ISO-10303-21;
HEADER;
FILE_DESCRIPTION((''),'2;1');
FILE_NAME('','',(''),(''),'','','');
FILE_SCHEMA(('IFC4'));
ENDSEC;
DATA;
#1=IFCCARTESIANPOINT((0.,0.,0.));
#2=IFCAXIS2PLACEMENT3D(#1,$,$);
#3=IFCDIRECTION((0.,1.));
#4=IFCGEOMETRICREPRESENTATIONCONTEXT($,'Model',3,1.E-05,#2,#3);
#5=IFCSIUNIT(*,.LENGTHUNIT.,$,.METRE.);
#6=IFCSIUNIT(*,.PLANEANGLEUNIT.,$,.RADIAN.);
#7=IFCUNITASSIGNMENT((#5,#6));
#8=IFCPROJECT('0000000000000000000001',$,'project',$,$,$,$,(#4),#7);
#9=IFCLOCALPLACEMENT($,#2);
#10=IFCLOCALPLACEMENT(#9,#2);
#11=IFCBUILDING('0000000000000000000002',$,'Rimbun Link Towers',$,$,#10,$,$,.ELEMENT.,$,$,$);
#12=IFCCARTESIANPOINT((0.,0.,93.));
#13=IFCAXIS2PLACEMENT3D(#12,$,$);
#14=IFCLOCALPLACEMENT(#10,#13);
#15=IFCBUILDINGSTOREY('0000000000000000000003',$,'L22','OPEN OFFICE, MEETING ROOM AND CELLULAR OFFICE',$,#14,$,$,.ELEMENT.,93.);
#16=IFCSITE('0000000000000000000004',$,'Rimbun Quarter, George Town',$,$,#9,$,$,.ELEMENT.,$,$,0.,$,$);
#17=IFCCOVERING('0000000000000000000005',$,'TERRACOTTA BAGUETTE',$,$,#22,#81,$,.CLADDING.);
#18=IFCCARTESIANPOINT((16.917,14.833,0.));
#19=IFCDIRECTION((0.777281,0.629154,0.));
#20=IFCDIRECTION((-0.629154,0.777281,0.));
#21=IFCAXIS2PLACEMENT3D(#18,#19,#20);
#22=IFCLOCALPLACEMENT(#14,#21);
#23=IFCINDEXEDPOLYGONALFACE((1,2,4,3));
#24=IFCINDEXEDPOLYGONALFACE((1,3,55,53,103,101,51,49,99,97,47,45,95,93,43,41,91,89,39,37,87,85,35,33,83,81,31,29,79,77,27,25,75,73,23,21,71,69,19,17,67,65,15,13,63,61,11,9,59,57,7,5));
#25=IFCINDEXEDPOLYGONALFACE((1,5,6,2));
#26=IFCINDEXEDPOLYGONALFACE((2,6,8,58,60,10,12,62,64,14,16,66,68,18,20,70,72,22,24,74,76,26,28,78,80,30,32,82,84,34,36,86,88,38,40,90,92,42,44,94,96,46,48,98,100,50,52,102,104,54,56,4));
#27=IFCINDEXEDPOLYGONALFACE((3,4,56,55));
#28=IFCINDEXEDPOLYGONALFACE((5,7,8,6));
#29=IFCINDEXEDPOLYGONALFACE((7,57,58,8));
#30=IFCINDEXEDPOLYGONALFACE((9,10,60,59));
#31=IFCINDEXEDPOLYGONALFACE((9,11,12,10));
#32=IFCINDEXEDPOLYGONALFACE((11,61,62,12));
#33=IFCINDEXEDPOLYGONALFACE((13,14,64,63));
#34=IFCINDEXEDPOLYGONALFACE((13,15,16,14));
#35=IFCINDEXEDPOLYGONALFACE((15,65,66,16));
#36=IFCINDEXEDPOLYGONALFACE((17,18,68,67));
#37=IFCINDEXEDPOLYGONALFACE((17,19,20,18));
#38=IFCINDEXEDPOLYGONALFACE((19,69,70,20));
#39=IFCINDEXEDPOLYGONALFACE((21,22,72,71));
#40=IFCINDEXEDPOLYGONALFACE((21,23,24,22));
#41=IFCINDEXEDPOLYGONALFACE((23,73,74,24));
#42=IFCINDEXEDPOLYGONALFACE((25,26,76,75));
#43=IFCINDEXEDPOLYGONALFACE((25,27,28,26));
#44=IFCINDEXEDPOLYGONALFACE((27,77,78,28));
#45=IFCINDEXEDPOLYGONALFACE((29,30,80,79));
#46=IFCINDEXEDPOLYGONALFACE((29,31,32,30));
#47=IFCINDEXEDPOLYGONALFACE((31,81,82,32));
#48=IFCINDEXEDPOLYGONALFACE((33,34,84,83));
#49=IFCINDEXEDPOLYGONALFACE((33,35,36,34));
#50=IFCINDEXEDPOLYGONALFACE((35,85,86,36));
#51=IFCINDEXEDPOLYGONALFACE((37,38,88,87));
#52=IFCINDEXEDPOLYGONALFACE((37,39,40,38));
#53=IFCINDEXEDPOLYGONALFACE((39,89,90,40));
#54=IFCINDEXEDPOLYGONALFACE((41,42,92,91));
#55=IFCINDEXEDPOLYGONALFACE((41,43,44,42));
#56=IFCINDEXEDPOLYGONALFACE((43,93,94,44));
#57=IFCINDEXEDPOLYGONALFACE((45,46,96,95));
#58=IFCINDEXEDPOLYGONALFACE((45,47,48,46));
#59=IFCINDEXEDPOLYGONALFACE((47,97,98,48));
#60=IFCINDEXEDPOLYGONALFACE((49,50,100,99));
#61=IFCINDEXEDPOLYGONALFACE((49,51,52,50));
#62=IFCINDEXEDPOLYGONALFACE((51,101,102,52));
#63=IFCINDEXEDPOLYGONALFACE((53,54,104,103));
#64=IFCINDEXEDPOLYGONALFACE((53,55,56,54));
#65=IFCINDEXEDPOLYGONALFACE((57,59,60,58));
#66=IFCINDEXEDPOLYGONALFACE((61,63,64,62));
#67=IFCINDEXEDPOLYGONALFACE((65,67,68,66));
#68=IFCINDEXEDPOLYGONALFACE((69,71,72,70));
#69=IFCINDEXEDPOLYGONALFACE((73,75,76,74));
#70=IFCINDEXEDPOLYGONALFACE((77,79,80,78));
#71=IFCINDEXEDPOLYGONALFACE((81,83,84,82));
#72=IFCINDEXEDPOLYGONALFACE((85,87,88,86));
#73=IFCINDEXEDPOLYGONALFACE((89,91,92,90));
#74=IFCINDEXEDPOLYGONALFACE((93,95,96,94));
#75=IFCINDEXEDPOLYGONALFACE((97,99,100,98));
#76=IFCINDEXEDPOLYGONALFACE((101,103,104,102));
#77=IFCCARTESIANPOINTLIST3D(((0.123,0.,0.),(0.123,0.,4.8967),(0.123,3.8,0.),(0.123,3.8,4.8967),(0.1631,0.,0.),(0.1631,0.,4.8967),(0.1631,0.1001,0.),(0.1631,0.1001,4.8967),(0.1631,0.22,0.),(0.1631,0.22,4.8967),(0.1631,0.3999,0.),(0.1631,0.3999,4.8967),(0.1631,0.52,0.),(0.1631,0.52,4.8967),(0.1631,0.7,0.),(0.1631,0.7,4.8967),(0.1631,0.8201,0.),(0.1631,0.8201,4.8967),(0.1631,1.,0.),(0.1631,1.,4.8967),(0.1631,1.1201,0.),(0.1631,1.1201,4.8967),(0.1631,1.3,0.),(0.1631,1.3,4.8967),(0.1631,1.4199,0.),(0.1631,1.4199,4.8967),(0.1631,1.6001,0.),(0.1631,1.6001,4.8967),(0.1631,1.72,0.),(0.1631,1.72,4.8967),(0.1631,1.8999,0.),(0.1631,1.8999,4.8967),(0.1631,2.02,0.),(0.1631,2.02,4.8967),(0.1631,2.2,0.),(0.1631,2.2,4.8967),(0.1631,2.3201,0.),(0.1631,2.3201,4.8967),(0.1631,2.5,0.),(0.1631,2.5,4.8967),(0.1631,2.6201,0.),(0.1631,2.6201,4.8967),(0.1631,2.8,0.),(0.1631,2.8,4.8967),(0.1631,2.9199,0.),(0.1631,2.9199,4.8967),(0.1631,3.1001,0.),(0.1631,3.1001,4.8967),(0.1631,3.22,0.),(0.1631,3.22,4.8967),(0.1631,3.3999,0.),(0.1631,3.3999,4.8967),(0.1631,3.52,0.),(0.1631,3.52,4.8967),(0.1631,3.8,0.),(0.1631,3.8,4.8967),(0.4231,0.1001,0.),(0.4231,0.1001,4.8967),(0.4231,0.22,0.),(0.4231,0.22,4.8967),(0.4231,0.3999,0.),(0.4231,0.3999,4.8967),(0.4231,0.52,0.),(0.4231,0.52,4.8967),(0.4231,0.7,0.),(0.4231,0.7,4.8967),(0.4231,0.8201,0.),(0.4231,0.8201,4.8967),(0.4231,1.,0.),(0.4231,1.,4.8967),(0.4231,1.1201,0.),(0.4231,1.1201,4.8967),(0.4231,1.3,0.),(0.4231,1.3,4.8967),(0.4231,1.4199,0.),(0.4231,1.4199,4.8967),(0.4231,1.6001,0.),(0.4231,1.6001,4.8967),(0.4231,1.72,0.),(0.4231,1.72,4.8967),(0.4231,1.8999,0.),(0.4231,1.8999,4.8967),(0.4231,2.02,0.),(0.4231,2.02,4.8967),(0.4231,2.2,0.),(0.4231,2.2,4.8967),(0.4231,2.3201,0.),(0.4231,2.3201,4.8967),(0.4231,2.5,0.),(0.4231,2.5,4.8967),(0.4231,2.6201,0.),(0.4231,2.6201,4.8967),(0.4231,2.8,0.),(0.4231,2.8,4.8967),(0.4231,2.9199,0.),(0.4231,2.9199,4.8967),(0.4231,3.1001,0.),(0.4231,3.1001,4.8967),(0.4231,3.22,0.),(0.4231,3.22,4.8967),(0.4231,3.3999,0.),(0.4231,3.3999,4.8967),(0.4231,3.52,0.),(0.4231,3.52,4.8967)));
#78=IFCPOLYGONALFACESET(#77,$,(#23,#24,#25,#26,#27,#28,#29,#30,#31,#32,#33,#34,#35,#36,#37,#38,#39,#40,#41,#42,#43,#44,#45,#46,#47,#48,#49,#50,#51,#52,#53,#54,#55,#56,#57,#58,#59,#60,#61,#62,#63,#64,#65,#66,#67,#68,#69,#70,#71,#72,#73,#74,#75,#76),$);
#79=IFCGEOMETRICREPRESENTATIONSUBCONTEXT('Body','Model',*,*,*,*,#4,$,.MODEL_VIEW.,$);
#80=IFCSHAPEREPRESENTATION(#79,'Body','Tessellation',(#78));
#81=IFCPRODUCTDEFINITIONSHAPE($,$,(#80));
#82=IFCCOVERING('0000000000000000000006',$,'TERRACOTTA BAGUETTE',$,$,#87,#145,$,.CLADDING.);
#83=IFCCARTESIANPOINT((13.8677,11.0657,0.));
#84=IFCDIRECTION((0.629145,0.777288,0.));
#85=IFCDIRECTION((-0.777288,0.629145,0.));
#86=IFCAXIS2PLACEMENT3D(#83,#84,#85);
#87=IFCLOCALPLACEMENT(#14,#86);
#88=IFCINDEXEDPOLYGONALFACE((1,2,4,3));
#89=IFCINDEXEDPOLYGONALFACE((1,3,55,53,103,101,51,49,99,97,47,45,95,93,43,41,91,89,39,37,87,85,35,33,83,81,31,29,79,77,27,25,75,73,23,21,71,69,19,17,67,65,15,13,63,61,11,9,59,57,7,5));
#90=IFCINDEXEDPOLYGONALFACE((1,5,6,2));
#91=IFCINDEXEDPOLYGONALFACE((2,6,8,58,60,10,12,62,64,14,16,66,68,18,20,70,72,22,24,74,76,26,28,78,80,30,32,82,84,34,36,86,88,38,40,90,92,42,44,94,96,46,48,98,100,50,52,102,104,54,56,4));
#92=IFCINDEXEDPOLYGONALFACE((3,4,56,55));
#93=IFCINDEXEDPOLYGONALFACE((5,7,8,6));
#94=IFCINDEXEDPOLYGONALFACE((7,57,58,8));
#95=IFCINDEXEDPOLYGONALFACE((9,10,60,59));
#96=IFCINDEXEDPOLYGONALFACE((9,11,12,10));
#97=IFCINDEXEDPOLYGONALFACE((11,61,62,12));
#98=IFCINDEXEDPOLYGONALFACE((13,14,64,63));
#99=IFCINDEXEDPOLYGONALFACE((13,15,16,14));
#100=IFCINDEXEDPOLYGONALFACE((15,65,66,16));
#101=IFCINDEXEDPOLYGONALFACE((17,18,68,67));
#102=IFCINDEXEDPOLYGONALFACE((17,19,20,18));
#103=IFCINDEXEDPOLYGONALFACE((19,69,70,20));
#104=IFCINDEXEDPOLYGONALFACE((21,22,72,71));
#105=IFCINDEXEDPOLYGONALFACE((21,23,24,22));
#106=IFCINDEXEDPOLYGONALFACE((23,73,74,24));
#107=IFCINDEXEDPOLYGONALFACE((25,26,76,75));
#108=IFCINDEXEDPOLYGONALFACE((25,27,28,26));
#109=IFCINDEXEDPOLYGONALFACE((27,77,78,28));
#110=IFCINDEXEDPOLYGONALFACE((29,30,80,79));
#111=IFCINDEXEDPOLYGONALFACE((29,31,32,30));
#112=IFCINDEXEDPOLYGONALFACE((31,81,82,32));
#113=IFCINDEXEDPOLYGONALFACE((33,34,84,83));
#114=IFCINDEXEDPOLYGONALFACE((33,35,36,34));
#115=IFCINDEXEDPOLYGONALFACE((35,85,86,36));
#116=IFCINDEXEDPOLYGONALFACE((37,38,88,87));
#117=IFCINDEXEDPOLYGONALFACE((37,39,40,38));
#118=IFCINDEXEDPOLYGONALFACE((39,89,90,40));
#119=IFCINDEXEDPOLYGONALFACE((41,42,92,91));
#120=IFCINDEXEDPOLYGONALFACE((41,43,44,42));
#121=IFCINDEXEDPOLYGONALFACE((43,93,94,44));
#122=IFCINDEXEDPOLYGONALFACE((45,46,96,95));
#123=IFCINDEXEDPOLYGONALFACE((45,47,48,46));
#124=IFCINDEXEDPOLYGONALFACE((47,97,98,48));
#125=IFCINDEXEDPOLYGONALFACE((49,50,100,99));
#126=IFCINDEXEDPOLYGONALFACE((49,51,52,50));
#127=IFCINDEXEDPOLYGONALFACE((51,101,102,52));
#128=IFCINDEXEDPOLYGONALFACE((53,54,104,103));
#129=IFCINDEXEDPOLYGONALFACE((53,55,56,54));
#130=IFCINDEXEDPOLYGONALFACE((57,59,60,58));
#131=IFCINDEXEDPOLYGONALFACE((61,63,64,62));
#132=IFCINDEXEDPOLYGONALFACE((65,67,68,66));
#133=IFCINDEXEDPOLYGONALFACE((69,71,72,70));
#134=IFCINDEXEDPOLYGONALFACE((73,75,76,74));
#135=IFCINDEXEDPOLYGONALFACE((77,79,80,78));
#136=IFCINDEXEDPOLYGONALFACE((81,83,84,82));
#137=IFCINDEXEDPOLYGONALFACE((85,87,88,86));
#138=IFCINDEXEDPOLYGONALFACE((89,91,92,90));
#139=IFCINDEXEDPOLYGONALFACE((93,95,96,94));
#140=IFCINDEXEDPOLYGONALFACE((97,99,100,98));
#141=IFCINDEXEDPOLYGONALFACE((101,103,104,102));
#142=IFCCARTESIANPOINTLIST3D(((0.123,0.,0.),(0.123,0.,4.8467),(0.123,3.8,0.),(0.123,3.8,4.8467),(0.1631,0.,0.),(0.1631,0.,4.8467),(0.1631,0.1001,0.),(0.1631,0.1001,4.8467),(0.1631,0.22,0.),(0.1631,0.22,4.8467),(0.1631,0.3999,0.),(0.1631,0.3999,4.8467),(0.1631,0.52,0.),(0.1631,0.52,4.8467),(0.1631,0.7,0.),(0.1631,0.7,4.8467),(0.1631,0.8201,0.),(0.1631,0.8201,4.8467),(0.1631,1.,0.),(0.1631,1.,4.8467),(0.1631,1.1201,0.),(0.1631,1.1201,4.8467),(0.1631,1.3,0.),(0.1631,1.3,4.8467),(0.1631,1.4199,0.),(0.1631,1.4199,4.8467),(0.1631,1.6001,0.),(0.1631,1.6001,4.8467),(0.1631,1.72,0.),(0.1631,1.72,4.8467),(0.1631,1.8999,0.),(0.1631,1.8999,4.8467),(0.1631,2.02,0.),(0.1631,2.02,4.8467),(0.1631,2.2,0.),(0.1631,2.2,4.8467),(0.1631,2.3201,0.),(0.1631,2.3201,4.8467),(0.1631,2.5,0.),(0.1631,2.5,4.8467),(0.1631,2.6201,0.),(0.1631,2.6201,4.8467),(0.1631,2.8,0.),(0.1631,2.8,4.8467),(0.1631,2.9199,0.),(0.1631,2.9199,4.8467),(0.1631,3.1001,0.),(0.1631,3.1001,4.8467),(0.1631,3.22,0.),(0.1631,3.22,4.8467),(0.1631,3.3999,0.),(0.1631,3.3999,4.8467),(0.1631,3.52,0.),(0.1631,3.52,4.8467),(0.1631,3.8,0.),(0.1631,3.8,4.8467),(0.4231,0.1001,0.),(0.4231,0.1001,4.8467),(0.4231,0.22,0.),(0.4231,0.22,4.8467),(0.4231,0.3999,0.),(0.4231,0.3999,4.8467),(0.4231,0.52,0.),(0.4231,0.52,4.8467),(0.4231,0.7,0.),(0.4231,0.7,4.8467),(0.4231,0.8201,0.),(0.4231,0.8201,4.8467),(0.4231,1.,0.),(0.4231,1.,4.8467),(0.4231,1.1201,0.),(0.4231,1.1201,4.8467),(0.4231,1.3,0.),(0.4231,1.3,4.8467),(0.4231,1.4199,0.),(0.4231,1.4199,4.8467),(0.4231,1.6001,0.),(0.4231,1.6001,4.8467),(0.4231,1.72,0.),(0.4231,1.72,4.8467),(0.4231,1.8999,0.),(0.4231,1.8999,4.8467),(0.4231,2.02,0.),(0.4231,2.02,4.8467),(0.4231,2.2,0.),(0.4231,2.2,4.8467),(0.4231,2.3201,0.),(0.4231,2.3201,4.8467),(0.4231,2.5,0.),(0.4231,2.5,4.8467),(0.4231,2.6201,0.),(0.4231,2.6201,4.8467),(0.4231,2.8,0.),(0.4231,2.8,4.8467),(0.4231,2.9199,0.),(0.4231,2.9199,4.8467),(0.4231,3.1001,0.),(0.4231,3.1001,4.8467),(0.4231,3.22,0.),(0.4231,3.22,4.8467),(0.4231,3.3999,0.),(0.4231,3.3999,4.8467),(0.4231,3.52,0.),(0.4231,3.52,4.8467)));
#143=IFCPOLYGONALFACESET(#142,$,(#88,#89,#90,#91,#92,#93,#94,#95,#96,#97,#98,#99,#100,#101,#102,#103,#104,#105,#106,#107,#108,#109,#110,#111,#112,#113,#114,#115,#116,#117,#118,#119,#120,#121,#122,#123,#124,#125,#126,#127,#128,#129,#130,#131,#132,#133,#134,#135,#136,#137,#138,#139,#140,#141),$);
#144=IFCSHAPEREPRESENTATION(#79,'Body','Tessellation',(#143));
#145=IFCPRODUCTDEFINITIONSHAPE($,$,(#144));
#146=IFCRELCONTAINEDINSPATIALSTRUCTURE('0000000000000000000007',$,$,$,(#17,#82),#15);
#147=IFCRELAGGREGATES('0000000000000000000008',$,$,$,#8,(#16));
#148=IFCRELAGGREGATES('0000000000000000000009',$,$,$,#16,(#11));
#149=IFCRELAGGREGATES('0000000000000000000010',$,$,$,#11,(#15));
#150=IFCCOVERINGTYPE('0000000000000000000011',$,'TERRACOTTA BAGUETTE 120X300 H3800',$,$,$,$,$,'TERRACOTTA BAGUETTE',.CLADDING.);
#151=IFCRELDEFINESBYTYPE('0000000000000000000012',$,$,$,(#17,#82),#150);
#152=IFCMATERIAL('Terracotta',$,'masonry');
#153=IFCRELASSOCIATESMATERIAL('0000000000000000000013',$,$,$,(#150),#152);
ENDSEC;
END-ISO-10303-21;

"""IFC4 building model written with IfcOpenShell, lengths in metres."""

from ifc_helpers import new_model, si_unit, direction, frame, origin, place, context, subcontext, project, spatial, polyline, outline, extrude, material, material_profile, profile_set, type_object, element, save


model = new_model("IFC4")

# Units and contexts
model_context = context("Model", 3, precision=1e-05, world=origin(), true_north=direction((0.0, 1.0)))
body_context = subcontext(model_context, "Body", "Model", "MODEL_VIEW")
ifc_project = project(units=[si_unit("LENGTHUNIT", "METRE"), si_unit("PLANEANGLEUNIT", "RADIAN")], contexts=[model_context])

# Site, building, storey
site_placement = place(None, origin())
site = spatial("IfcSite", under=ifc_project, at=site_placement, Name="Rimbun Quarter, George Town", CompositionType="ELEMENT", RefElevation=0.0)
building_placement = place(site_placement, origin())
building = spatial("IfcBuilding", under=site, at=building_placement, Name="Rimbun Link Towers", CompositionType="ELEMENT")
storey_placement = place(building_placement, frame((0.0, 0.0, 93.0)))
storey = spatial("IfcBuildingStorey", under=building, at=storey_placement, Name="L22", Description="OPEN OFFICE, MEETING ROOM AND CELLULAR OFFICE", CompositionType="ELEMENT", Elevation=93.0)

# Coverings
ifc_material_1 = material(Name="Terracotta", Category="masonry")
ifc_material_profile_1 = material_profile(ifc_material_1, outline(polyline([(0.123, 0.0), (0.1631, 0.0), (0.1631, 0.1001), (0.4231, 0.1001), (0.4231, 0.22), (0.1631, 0.22), (0.1631, 0.3999), (0.4231, 0.3999), (0.4231, 0.52), (0.1631, 0.52), (0.1631, 0.7), (0.4231, 0.7), (0.4231, 0.8201), (0.1631, 0.8201), (0.1631, 1.0), (0.4231, 1.0), (0.4231, 1.1201), (0.1631, 1.1201), (0.1631, 1.3), (0.4231, 1.3), (0.4231, 1.4199), (0.1631, 1.4199), (0.1631, 1.6001), (0.4231, 1.6001), (0.4231, 1.72), (0.1631, 1.72), (0.1631, 1.8999), (0.4231, 1.8999), (0.4231, 2.02), (0.1631, 2.02), (0.1631, 2.2), (0.4231, 2.2), (0.4231, 2.3201), (0.1631, 2.3201), (0.1631, 2.5), (0.4231, 2.5), (0.4231, 2.6201), (0.1631, 2.6201), (0.1631, 2.8), (0.4231, 2.8), (0.4231, 2.9199), (0.1631, 2.9199), (0.1631, 3.1001), (0.4231, 3.1001), (0.4231, 3.22), (0.1631, 3.22), (0.1631, 3.3999), (0.4231, 3.3999), (0.4231, 3.52), (0.1631, 3.52), (0.1631, 3.8), (0.123, 3.8), (0.123, 0.0)])), Name="BAGUETTE 120X300")
ifc_profile_set_1 = profile_set([ifc_material_profile_1], Name="Terracotta")
covering_type = type_object("IfcCoveringType", Name="TERRACOTTA BAGUETTE 120X300 H3800", ElementType="TERRACOTTA BAGUETTE", PredefinedType="CLADDING", material=ifc_profile_set_1)
covering_1_placement = place(storey_placement, frame((16.917, 14.833, 0.0), z_axis=(0.777281, 0.629154, 0.0), x_axis=(-0.629154, 0.777281, 0.0)))
element("IfcCovering", 1, at=covering_1_placement, inside=storey, type_object=covering_type, Name="TERRACOTTA BAGUETTE", PredefinedType="CLADDING", context=body_context, shape_type="SweptSolid", body=[
    extrude(outline(polyline([(0.123, 0.0), (0.1631, 0.0), (0.1631, 0.1001), (0.4231, 0.1001), (0.4231, 0.22), (0.1631, 0.22), (0.1631, 0.3999), (0.4231, 0.3999), (0.4231, 0.52), (0.1631, 0.52), (0.1631, 0.7), (0.4231, 0.7), (0.4231, 0.8201), (0.1631, 0.8201), (0.1631, 1.0), (0.4231, 1.0), (0.4231, 1.1201), (0.1631, 1.1201), (0.1631, 1.3), (0.4231, 1.3), (0.4231, 1.4199), (0.1631, 1.4199), (0.1631, 1.6001), (0.4231, 1.6001), (0.4231, 1.72), (0.1631, 1.72), (0.1631, 1.8999), (0.4231, 1.8999), (0.4231, 2.02), (0.1631, 2.02), (0.1631, 2.2), (0.4231, 2.2), (0.4231, 2.3201), (0.1631, 2.3201), (0.1631, 2.5), (0.4231, 2.5), (0.4231, 2.6201), (0.1631, 2.6201), (0.1631, 2.8), (0.4231, 2.8), (0.4231, 2.9199), (0.1631, 2.9199), (0.1631, 3.1001), (0.4231, 3.1001), (0.4231, 3.22), (0.1631, 3.22), (0.1631, 3.3999), (0.4231, 3.3999), (0.4231, 3.52), (0.1631, 3.52), (0.1631, 3.8), (0.123, 3.8), (0.123, 0.0)])), origin(), (0.0, 0.0, 1.0), 4.8967),
])
covering_2_placement = place(storey_placement, frame((13.8677, 11.0657, 0.0), z_axis=(0.629145, 0.777288, 0.0), x_axis=(-0.777288, 0.629145, 0.0)))
element("IfcCovering", 2, at=covering_2_placement, inside=storey, type_object=covering_type, Name="TERRACOTTA BAGUETTE", PredefinedType="CLADDING", context=body_context, shape_type="SweptSolid", body=[
    extrude(outline(polyline([(0.123, 0.0), (0.1631, 0.0), (0.1631, 0.1001), (0.4231, 0.1001), (0.4231, 0.22), (0.1631, 0.22), (0.1631, 0.3999), (0.4231, 0.3999), (0.4231, 0.52), (0.1631, 0.52), (0.1631, 0.7), (0.4231, 0.7), (0.4231, 0.8201), (0.1631, 0.8201), (0.1631, 1.0), (0.4231, 1.0), (0.4231, 1.1201), (0.1631, 1.1201), (0.1631, 1.3), (0.4231, 1.3), (0.4231, 1.4199), (0.1631, 1.4199), (0.1631, 1.6001), (0.4231, 1.6001), (0.4231, 1.72), (0.1631, 1.72), (0.1631, 1.8999), (0.4231, 1.8999), (0.4231, 2.02), (0.1631, 2.02), (0.1631, 2.2), (0.4231, 2.2), (0.4231, 2.3201), (0.1631, 2.3201), (0.1631, 2.5), (0.4231, 2.5), (0.4231, 2.6201), (0.1631, 2.6201), (0.1631, 2.8), (0.4231, 2.8), (0.4231, 2.9199), (0.1631, 2.9199), (0.1631, 3.1001), (0.4231, 3.1001), (0.4231, 3.22), (0.1631, 3.22), (0.1631, 3.3999), (0.4231, 3.3999), (0.4231, 3.52), (0.1631, 3.52), (0.1631, 3.8), (0.123, 3.8), (0.123, 0.0)])), origin(), (0.0, 0.0, 1.0), 4.8467),
])

save(model, "model.ifc")
